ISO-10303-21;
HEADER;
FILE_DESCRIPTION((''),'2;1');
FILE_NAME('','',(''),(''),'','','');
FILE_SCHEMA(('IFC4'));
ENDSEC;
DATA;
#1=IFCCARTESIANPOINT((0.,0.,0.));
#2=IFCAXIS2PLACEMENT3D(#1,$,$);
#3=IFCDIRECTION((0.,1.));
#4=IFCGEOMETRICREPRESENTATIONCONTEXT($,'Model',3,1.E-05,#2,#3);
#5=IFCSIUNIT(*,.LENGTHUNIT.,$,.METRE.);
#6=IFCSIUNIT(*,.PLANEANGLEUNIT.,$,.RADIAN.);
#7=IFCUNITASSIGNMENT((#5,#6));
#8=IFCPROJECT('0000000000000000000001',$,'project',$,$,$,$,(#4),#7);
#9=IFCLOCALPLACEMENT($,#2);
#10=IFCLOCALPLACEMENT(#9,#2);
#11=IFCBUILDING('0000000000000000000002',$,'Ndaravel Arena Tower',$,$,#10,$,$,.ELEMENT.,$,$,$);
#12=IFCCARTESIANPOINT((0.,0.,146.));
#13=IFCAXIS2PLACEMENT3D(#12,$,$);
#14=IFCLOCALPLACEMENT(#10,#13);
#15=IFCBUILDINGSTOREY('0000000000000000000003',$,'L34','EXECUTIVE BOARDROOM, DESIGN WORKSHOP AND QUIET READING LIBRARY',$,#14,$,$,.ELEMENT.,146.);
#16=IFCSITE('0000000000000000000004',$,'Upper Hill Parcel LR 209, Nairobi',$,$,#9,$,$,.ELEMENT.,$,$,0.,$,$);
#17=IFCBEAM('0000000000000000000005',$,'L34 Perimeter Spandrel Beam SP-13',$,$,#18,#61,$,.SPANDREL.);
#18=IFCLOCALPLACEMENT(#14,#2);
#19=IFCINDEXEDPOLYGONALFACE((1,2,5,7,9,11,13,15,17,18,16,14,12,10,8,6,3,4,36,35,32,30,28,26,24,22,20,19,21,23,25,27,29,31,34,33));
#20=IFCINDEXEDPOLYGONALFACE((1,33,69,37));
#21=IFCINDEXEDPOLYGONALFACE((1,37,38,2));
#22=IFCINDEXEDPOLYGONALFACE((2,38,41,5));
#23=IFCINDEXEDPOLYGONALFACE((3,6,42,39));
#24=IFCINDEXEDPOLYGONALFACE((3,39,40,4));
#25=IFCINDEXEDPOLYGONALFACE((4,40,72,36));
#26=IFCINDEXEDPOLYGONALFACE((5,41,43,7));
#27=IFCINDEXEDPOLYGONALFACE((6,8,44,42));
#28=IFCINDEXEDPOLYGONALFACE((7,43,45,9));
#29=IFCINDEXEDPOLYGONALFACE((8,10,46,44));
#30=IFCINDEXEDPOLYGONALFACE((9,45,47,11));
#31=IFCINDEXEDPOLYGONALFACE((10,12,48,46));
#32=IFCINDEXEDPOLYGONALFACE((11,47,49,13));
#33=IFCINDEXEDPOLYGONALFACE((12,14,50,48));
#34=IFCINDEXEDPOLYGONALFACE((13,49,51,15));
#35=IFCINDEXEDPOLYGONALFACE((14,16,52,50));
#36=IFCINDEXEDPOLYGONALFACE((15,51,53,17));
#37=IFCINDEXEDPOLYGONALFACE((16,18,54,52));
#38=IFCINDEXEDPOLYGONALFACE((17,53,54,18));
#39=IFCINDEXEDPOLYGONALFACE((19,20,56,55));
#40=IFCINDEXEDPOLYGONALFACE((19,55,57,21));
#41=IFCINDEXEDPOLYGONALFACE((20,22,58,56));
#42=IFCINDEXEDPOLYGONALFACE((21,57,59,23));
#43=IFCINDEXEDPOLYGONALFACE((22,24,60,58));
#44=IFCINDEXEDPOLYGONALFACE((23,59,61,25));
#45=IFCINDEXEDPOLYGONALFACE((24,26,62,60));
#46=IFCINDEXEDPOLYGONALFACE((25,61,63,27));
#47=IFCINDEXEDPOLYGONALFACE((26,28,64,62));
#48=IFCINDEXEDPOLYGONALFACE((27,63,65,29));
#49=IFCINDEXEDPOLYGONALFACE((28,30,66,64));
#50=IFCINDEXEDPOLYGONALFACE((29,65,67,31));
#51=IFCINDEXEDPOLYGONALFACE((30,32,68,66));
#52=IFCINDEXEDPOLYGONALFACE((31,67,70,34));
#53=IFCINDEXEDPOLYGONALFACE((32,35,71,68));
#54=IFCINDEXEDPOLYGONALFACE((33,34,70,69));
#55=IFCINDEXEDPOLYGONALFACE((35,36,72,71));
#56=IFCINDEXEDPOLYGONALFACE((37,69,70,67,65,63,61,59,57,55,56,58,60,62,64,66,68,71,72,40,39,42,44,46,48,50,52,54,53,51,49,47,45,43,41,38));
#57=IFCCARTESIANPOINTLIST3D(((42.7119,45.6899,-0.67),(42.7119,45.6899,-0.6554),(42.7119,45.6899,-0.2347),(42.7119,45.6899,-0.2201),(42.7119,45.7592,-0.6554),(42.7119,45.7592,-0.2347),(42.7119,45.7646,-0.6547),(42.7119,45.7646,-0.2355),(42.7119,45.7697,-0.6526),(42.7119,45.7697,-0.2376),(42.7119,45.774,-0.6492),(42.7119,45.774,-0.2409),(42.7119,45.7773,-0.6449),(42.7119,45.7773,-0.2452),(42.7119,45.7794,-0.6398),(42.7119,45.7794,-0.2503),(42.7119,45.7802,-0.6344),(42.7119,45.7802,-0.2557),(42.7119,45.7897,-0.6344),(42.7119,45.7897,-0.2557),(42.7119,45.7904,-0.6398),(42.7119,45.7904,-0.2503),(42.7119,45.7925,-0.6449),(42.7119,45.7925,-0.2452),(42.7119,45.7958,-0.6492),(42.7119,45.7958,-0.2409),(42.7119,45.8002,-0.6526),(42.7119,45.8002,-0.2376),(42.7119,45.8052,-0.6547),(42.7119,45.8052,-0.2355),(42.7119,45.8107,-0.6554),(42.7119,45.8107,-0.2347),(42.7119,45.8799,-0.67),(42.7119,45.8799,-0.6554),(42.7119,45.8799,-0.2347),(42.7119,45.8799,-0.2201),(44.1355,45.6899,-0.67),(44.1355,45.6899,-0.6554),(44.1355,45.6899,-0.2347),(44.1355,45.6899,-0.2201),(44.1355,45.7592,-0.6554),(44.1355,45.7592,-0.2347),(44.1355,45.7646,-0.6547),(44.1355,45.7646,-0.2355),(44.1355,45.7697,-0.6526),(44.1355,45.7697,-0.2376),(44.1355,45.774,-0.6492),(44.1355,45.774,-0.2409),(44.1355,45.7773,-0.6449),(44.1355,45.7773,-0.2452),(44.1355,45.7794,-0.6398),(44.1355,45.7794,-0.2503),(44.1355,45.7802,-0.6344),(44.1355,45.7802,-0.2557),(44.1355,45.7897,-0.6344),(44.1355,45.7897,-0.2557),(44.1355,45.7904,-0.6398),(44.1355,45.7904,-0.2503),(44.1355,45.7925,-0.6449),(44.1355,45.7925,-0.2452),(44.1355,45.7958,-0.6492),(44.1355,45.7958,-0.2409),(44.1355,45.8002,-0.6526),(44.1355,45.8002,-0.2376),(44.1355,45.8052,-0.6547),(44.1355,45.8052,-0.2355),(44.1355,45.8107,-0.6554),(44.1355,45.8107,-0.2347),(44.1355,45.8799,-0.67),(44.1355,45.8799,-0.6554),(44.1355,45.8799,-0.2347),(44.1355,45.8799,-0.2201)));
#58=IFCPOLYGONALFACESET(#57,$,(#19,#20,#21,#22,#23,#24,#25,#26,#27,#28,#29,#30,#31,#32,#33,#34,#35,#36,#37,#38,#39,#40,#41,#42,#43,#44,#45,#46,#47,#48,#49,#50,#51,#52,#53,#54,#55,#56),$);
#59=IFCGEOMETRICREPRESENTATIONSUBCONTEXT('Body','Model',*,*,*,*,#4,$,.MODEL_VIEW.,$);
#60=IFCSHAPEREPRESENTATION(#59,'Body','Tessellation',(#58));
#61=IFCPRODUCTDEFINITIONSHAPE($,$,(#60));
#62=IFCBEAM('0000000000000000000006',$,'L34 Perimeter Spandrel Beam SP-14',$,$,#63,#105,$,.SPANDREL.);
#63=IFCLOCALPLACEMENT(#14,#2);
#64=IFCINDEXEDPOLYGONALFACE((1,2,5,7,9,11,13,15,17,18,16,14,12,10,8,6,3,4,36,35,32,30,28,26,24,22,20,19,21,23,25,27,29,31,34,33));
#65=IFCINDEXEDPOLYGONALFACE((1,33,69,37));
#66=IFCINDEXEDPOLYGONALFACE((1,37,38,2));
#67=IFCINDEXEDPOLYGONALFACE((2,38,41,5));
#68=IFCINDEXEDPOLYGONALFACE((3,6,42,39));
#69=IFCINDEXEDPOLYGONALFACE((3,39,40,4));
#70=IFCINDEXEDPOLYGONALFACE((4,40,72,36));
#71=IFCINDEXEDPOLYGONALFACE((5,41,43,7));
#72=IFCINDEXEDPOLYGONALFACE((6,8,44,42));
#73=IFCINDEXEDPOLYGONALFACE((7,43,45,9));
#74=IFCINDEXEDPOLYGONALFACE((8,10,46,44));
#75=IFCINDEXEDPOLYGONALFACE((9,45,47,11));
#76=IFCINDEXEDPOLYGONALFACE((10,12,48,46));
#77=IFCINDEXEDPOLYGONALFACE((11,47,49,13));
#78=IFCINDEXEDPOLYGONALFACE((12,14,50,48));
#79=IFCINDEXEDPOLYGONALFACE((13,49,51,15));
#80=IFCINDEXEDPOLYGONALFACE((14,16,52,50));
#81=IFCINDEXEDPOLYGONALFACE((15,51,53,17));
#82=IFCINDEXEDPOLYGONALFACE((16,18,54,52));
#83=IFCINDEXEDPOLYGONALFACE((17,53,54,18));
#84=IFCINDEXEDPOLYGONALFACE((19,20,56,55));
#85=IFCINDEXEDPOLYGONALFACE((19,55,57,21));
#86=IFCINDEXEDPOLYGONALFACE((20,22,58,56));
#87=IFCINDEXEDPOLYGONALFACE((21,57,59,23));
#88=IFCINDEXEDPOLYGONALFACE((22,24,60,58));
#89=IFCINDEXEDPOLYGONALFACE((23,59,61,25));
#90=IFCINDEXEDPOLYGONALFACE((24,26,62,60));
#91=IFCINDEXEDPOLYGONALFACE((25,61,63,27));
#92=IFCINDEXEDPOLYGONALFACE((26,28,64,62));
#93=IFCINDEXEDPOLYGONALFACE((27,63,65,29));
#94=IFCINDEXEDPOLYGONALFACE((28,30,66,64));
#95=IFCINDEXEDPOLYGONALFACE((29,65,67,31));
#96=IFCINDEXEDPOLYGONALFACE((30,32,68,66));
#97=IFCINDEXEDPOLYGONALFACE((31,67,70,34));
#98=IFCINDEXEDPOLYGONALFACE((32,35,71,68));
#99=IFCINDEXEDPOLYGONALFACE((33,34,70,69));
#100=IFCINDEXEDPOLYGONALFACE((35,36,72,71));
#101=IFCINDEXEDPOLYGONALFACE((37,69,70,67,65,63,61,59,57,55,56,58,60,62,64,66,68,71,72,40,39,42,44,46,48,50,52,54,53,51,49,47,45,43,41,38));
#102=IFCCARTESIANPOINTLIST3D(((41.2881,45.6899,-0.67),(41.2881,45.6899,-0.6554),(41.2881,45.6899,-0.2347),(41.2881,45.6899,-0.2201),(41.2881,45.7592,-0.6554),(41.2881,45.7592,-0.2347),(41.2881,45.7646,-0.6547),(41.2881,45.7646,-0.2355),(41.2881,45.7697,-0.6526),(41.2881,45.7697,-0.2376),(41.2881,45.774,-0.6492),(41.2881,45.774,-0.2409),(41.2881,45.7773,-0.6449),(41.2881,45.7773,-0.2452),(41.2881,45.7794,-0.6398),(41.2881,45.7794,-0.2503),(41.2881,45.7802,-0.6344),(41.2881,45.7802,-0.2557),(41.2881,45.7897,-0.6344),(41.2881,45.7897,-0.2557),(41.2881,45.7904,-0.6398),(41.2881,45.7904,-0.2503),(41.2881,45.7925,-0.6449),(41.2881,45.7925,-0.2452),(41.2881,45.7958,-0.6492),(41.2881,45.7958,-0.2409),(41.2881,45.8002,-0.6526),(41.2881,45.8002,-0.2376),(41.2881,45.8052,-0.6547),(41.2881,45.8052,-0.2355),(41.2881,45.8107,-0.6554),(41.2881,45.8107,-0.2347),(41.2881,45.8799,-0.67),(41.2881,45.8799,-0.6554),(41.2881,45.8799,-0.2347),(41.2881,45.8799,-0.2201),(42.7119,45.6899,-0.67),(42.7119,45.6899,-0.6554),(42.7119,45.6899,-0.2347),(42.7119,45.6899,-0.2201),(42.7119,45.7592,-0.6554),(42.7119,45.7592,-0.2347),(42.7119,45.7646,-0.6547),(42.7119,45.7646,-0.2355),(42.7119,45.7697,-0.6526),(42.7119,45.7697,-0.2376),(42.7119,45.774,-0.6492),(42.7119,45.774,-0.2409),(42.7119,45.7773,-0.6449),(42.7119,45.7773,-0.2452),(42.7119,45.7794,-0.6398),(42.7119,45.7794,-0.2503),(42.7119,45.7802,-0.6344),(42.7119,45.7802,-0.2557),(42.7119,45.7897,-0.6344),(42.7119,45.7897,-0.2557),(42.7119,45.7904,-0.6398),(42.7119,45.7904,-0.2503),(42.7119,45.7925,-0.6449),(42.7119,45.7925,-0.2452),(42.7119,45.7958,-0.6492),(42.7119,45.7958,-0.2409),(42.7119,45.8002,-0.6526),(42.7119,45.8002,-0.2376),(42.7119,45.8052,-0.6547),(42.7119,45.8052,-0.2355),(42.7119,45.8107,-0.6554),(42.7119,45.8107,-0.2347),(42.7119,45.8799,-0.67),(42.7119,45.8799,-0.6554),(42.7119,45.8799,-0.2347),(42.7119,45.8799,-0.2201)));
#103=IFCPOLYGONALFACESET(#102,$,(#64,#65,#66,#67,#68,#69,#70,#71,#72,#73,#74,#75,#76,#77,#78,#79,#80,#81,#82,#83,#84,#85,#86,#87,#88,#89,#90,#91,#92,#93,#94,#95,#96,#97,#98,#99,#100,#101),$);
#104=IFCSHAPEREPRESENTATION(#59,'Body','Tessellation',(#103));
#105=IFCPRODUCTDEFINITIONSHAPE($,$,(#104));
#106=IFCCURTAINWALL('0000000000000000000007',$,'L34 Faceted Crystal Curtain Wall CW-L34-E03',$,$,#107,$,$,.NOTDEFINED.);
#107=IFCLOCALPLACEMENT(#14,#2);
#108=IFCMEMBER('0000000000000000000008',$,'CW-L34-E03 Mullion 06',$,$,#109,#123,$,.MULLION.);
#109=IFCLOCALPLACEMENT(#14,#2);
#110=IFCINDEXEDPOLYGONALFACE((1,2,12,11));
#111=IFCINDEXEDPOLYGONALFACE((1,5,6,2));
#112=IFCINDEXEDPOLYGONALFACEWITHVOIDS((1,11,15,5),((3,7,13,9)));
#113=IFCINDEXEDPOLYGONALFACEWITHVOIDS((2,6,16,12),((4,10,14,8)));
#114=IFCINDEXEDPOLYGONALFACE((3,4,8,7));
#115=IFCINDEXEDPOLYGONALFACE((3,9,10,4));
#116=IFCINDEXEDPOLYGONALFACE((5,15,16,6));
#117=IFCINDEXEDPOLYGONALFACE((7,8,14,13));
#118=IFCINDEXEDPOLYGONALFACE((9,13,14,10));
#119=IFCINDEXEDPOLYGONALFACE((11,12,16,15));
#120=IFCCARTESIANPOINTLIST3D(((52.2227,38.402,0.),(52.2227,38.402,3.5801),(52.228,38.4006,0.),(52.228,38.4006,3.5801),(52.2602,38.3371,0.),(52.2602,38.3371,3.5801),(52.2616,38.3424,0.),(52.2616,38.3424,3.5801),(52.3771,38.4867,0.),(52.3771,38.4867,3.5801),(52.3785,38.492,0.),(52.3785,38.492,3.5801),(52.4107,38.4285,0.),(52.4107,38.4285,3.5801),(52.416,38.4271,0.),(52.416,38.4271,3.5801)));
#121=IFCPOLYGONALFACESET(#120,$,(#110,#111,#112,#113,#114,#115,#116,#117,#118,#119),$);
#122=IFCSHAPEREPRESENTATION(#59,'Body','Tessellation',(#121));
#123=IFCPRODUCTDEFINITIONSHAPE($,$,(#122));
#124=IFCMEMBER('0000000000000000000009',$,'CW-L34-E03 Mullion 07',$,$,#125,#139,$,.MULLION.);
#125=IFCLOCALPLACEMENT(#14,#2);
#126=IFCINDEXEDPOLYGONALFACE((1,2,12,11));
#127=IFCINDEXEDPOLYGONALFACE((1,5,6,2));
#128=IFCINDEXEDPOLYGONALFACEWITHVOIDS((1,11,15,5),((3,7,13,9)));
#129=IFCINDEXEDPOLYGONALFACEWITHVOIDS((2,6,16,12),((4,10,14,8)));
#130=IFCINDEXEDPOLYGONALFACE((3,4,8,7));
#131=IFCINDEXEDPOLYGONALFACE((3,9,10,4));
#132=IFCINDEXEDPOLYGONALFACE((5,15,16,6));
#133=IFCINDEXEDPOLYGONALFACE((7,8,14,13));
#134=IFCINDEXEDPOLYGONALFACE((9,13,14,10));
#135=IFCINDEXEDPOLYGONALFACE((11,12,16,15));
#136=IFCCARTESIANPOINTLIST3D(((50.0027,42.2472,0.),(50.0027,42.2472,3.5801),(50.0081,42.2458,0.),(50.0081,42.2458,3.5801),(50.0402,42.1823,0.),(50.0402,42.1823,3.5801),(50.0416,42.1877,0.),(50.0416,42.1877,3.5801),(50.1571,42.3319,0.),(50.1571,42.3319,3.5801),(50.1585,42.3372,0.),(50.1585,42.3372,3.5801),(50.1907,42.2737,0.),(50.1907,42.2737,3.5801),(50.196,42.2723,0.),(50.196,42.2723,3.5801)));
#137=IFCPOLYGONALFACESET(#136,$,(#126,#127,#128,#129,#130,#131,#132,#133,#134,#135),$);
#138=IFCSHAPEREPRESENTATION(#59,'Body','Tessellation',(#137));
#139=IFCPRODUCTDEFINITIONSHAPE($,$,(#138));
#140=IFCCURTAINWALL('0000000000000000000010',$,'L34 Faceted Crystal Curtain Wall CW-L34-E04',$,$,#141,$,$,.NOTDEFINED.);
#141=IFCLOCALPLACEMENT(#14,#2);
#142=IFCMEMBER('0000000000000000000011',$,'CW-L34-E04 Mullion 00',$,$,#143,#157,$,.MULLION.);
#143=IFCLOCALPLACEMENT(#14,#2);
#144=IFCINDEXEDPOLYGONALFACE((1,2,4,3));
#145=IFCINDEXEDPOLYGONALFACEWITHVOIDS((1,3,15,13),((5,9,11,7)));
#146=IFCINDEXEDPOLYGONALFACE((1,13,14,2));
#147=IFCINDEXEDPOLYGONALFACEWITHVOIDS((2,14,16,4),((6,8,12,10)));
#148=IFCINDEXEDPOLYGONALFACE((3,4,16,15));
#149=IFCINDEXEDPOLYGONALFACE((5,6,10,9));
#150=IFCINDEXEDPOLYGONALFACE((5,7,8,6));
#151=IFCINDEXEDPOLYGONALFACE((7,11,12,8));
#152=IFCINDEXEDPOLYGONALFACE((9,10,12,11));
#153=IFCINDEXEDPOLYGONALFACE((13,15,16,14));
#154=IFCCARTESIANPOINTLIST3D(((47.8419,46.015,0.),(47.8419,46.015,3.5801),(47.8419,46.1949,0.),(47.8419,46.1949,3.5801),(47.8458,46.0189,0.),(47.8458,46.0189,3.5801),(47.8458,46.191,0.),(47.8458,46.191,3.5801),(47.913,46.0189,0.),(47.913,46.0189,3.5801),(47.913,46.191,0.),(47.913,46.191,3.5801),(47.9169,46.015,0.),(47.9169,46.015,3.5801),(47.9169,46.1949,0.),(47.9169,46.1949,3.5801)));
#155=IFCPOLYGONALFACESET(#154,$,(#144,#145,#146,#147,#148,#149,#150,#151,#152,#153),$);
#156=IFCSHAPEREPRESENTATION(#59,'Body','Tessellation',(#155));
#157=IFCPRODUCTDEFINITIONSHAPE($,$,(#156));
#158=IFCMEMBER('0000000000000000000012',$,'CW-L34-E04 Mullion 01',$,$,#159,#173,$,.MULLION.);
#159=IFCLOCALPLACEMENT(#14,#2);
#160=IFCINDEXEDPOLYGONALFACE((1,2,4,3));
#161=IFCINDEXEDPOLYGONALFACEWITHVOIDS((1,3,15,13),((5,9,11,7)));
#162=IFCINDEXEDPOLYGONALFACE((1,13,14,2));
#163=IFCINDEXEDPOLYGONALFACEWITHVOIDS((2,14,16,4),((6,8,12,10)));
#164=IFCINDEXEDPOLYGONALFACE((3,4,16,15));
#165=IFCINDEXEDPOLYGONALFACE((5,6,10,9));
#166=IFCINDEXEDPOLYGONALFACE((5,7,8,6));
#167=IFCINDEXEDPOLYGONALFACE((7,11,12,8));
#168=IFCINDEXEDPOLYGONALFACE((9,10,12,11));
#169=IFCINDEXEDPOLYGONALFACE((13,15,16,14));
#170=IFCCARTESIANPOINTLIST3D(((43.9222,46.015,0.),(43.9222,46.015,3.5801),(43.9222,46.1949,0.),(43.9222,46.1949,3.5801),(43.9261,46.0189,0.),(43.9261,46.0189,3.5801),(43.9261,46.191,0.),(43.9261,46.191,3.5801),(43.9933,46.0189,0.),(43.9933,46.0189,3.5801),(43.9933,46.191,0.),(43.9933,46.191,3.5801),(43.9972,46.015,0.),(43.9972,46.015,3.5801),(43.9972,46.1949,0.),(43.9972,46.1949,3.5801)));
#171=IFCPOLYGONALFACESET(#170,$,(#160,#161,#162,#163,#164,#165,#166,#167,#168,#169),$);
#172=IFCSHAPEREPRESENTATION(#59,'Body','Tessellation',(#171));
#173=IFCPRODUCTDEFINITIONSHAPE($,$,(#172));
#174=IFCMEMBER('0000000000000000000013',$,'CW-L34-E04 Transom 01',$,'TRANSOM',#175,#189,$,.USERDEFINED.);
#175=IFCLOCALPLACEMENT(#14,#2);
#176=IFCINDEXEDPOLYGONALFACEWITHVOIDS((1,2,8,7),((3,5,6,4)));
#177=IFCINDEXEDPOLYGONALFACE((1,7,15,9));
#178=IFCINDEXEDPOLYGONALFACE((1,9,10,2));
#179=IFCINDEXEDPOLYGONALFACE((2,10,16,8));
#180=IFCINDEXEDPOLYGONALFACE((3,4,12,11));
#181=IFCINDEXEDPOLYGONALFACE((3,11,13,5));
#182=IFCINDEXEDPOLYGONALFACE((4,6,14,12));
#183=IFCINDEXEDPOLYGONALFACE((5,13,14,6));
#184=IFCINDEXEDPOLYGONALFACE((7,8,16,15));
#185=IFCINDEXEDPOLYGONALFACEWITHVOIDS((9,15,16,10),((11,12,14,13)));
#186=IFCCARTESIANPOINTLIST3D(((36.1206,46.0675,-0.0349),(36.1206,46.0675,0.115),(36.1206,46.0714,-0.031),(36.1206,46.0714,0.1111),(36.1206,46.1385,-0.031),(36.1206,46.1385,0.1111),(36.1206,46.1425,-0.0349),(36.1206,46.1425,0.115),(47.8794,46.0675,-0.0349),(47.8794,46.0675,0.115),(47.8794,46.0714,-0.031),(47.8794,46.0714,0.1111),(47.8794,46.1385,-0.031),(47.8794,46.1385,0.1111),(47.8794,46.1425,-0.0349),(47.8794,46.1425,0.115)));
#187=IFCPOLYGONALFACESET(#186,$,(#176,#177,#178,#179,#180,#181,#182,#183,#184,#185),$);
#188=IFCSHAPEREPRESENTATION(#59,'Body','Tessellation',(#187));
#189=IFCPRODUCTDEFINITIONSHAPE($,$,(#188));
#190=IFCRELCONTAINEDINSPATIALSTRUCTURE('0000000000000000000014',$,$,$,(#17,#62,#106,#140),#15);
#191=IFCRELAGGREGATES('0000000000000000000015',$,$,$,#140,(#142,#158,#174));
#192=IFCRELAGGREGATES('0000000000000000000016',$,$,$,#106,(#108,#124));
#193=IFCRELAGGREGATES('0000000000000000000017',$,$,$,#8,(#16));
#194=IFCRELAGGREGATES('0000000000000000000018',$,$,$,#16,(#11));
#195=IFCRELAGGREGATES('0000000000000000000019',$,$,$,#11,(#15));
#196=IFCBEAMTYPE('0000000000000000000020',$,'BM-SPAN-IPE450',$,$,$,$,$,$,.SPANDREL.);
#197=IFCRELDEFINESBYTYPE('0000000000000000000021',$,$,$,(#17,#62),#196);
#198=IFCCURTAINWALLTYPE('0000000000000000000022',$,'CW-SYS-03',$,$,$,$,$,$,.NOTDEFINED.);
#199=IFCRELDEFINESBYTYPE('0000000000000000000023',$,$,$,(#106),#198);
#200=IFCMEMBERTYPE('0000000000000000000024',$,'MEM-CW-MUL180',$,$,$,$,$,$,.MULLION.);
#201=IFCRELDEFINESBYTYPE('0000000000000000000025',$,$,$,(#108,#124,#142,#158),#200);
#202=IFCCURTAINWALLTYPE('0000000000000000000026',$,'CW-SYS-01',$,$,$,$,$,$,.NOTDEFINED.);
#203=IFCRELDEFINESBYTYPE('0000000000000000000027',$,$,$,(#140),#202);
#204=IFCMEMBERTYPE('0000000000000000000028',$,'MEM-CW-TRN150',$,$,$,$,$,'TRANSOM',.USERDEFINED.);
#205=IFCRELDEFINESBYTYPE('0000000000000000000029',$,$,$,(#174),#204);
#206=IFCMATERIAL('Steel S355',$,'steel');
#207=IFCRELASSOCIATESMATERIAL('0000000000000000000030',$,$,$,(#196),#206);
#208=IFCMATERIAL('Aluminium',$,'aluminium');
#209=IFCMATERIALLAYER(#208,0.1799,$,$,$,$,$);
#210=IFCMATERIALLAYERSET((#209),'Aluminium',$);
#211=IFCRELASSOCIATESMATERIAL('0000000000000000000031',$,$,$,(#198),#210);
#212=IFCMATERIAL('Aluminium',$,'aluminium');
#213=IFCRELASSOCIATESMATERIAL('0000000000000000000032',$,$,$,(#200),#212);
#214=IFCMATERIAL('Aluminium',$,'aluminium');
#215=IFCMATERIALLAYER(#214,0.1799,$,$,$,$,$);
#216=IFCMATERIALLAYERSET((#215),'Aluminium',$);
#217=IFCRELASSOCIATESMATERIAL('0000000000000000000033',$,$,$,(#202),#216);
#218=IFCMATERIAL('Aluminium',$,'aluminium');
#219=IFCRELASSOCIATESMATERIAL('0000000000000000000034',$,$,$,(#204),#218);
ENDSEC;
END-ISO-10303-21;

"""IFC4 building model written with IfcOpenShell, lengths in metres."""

from ifc_helpers import new_model, si_unit, direction, frame, origin, origin_2d, place, context, subcontext, project, spatial, hollow_rectangle, i_section, extrude, material, layer, layer_set, material_profile, profile_set, type_object, element, aggregate, save


model = new_model("IFC4")

# Units and contexts
model_context = context("Model", 3, precision=1e-05, world=origin(), true_north=direction((0.0, 1.0)))
body_context = subcontext(model_context, "Body", "Model", "MODEL_VIEW")
ifc_project = project(units=[si_unit("LENGTHUNIT", "METRE"), si_unit("PLANEANGLEUNIT", "RADIAN")], contexts=[model_context])

# Site, building, storey
site_placement = place(None, origin())
site = spatial("IfcSite", under=ifc_project, at=site_placement, Name="Upper Hill Parcel LR 209, Nairobi", CompositionType="ELEMENT", RefElevation=0.0)
building_placement = place(site_placement, origin())
building = spatial("IfcBuilding", under=site, at=building_placement, Name="Ndaravel Arena Tower", CompositionType="ELEMENT")
storey_placement = place(building_placement, frame((0.0, 0.0, 146.0)))
storey = spatial("IfcBuildingStorey", under=building, at=storey_placement, Name="L34", Description="EXECUTIVE BOARDROOM, DESIGN WORKSHOP AND QUIET READING LIBRARY", CompositionType="ELEMENT", Elevation=146.0)

# Beams
ifc_material_1 = material(Name="Steel S355", Category="steel")
ifc_material_profile_1 = material_profile(ifc_material_1, i_section(OverallWidth=0.1899, OverallDepth=0.45, WebThickness=0.0095, FlangeThickness=0.0146, FilletRadius=0.021, at=origin_2d()), Name="IPE 450")
ifc_profile_set_1 = profile_set([ifc_material_profile_1], Name="Steel S355")
beam_type_1 = type_object("IfcBeamType", Name="BM-SPAN-IPE450", PredefinedType="SPANDREL", material=ifc_profile_set_1)
for number, where, z_axis, x_axis, name in (
    (1, (44.1355, 45.7849, -0.4451), (-1.0, 0.0, 0.0), (0.0, -1.0, 0.0), "L34 Perimeter Spandrel Beam SP-13"),
):
    element("IfcBeam", number, at=place(storey_placement, frame(where, z_axis=z_axis, x_axis=x_axis)), inside=storey, type_object=beam_type_1, Name=name, PredefinedType="SPANDREL", context=body_context, shape_type="SweptSolid", body=[
        extrude(i_section(OverallWidth=0.1899, OverallDepth=0.45, WebThickness=0.0095, FlangeThickness=0.0146, FilletRadius=0.021, at=origin_2d()), origin(), (0.0, 0.0, 1.0), 1.4236),
    ])
beam_1_placement = place(storey_placement, frame((42.7119, 45.7849, -0.4451), z_axis=(-1.0, 0.0, 0.0), x_axis=(0.0, -1.0, 0.0)))
element("IfcBeam", 2, at=beam_1_placement, inside=storey, type_object=beam_type_1, Name="L34 Perimeter Spandrel Beam SP-14", PredefinedType="SPANDREL", context=body_context, shape_type="SweptSolid", body=[
    extrude(i_section(OverallWidth=0.1899, OverallDepth=0.45, WebThickness=0.0095, FlangeThickness=0.0146, FilletRadius=0.021, at=origin_2d()), origin(), (0.0, 0.0, 1.0), 1.4238),
])

# Curtain wall, members
ifc_material_2 = material(Name="Aluminium", Category="aluminium")
ifc_layer_1 = layer(ifc_material_2, 0.1799)
ifc_layer_set_1 = layer_set([ifc_layer_1], Name="Aluminium")
curtain_wall_type_1 = type_object("IfcCurtainWallType", Name="CW-SYS-03", PredefinedType="NOTDEFINED", material=ifc_layer_set_1)
curtain_wall_1_placement = place(storey_placement, origin())
curtain_wall_1 = element("IfcCurtainWall", 3, at=curtain_wall_1_placement, inside=storey, type_object=curtain_wall_type_1, Name="L34 Faceted Crystal Curtain Wall CW-L34-E03", PredefinedType="NOTDEFINED")
ifc_material_3 = material(Name="Aluminium", Category="aluminium")
ifc_material_profile_2 = material_profile(ifc_material_3, hollow_rectangle(XDim=0.075, YDim=0.1799, WallThickness=0.0039, at=origin_2d()), Name="CW MULLION 75x180x4")
ifc_profile_set_2 = profile_set([ifc_material_profile_2], Name="Aluminium")
member_type_1 = type_object("IfcMemberType", Name="MEM-CW-MUL180", PredefinedType="MULLION", material=ifc_profile_set_2)
member_1_placement = place(storey_placement, frame((52.3193, 38.4146, 0.0), z_axis=(0.0, 0.0, 1.0), x_axis=(-0.5, 0.866025, 0.0)))
member_1 = element("IfcMember", 4, at=member_1_placement, type_object=member_type_1, Name="CW-L34-E03 Mullion 06", PredefinedType="MULLION", context=body_context, shape_type="SweptSolid", body=[
    extrude(hollow_rectangle(XDim=0.075, YDim=0.1799, WallThickness=0.0039, at=origin_2d()), origin(), (0.0, 0.0, 1.0), 3.5801),
])
member_2_placement = place(storey_placement, frame((50.0994, 42.2598, 0.0), z_axis=(0.0, 0.0, 1.0), x_axis=(-0.5, 0.866025, 0.0)))
member_2 = element("IfcMember", 5, at=member_2_placement, type_object=member_type_1, Name="CW-L34-E03 Mullion 07", PredefinedType="MULLION", context=body_context, shape_type="SweptSolid", body=[
    extrude(hollow_rectangle(XDim=0.075, YDim=0.1799, WallThickness=0.0039, at=origin_2d()), origin(), (0.0, 0.0, 1.0), 3.5801),
])

# Curtain wall, members
ifc_material_4 = material(Name="Aluminium", Category="aluminium")
ifc_layer_2 = layer(ifc_material_4, 0.1799)
ifc_layer_set_2 = layer_set([ifc_layer_2], Name="Aluminium")
curtain_wall_type_2 = type_object("IfcCurtainWallType", Name="CW-SYS-01", PredefinedType="NOTDEFINED", material=ifc_layer_set_2)
curtain_wall_2_placement = place(storey_placement, origin())
curtain_wall_2 = element("IfcCurtainWall", 6, at=curtain_wall_2_placement, inside=storey, type_object=curtain_wall_type_2, Name="L34 Faceted Crystal Curtain Wall CW-L34-E04", PredefinedType="NOTDEFINED")
member_3_placement = place(storey_placement, frame((47.8794, 46.105, 0.0), z_axis=(0.0, 0.0, 1.0), x_axis=(-1.0, 0.0, 0.0)))
member_3 = element("IfcMember", 7, at=member_3_placement, type_object=member_type_1, Name="CW-L34-E04 Mullion 00", PredefinedType="MULLION", context=body_context, shape_type="SweptSolid", body=[
    extrude(hollow_rectangle(XDim=0.075, YDim=0.1799, WallThickness=0.0039, at=origin_2d()), origin(), (0.0, 0.0, 1.0), 3.5801),
])
member_4_placement = place(storey_placement, frame((43.9597, 46.105, 0.0), z_axis=(0.0, 0.0, 1.0), x_axis=(-1.0, 0.0, 0.0)))
member_4 = element("IfcMember", 8, at=member_4_placement, type_object=member_type_1, Name="CW-L34-E04 Mullion 01", PredefinedType="MULLION", context=body_context, shape_type="SweptSolid", body=[
    extrude(hollow_rectangle(XDim=0.075, YDim=0.1799, WallThickness=0.0039, at=origin_2d()), origin(), (0.0, 0.0, 1.0), 3.5801),
])
ifc_material_5 = material(Name="Aluminium", Category="aluminium")
ifc_material_profile_3 = material_profile(ifc_material_5, hollow_rectangle(XDim=0.075, YDim=0.1499, WallThickness=0.0039, at=origin_2d()), Name="CW TRANSOM 75x150x4")
ifc_profile_set_3 = profile_set([ifc_material_profile_3], Name="Aluminium")
member_type_2 = type_object("IfcMemberType", Name="MEM-CW-TRN150", ElementType="TRANSOM", PredefinedType="USERDEFINED", material=ifc_profile_set_3)
member_5_placement = place(storey_placement, frame((47.8794, 46.105, 0.04), z_axis=(-1.0, 0.0, 0.0), x_axis=(0.0, -1.0, 0.0)))
member_5 = element("IfcMember", 9, at=member_5_placement, type_object=member_type_2, Name="CW-L34-E04 Transom 01", ObjectType="TRANSOM", PredefinedType="USERDEFINED", context=body_context, shape_type="SweptSolid", body=[
    extrude(hollow_rectangle(XDim=0.075, YDim=0.1499, WallThickness=0.0039, at=origin_2d()), origin(), (0.0, 0.0, 1.0), 11.7588),
])
aggregate(curtain_wall_2, [member_3, member_4, member_5])

aggregate(curtain_wall_1, [member_1, member_2])

save(model, "model.ifc")
